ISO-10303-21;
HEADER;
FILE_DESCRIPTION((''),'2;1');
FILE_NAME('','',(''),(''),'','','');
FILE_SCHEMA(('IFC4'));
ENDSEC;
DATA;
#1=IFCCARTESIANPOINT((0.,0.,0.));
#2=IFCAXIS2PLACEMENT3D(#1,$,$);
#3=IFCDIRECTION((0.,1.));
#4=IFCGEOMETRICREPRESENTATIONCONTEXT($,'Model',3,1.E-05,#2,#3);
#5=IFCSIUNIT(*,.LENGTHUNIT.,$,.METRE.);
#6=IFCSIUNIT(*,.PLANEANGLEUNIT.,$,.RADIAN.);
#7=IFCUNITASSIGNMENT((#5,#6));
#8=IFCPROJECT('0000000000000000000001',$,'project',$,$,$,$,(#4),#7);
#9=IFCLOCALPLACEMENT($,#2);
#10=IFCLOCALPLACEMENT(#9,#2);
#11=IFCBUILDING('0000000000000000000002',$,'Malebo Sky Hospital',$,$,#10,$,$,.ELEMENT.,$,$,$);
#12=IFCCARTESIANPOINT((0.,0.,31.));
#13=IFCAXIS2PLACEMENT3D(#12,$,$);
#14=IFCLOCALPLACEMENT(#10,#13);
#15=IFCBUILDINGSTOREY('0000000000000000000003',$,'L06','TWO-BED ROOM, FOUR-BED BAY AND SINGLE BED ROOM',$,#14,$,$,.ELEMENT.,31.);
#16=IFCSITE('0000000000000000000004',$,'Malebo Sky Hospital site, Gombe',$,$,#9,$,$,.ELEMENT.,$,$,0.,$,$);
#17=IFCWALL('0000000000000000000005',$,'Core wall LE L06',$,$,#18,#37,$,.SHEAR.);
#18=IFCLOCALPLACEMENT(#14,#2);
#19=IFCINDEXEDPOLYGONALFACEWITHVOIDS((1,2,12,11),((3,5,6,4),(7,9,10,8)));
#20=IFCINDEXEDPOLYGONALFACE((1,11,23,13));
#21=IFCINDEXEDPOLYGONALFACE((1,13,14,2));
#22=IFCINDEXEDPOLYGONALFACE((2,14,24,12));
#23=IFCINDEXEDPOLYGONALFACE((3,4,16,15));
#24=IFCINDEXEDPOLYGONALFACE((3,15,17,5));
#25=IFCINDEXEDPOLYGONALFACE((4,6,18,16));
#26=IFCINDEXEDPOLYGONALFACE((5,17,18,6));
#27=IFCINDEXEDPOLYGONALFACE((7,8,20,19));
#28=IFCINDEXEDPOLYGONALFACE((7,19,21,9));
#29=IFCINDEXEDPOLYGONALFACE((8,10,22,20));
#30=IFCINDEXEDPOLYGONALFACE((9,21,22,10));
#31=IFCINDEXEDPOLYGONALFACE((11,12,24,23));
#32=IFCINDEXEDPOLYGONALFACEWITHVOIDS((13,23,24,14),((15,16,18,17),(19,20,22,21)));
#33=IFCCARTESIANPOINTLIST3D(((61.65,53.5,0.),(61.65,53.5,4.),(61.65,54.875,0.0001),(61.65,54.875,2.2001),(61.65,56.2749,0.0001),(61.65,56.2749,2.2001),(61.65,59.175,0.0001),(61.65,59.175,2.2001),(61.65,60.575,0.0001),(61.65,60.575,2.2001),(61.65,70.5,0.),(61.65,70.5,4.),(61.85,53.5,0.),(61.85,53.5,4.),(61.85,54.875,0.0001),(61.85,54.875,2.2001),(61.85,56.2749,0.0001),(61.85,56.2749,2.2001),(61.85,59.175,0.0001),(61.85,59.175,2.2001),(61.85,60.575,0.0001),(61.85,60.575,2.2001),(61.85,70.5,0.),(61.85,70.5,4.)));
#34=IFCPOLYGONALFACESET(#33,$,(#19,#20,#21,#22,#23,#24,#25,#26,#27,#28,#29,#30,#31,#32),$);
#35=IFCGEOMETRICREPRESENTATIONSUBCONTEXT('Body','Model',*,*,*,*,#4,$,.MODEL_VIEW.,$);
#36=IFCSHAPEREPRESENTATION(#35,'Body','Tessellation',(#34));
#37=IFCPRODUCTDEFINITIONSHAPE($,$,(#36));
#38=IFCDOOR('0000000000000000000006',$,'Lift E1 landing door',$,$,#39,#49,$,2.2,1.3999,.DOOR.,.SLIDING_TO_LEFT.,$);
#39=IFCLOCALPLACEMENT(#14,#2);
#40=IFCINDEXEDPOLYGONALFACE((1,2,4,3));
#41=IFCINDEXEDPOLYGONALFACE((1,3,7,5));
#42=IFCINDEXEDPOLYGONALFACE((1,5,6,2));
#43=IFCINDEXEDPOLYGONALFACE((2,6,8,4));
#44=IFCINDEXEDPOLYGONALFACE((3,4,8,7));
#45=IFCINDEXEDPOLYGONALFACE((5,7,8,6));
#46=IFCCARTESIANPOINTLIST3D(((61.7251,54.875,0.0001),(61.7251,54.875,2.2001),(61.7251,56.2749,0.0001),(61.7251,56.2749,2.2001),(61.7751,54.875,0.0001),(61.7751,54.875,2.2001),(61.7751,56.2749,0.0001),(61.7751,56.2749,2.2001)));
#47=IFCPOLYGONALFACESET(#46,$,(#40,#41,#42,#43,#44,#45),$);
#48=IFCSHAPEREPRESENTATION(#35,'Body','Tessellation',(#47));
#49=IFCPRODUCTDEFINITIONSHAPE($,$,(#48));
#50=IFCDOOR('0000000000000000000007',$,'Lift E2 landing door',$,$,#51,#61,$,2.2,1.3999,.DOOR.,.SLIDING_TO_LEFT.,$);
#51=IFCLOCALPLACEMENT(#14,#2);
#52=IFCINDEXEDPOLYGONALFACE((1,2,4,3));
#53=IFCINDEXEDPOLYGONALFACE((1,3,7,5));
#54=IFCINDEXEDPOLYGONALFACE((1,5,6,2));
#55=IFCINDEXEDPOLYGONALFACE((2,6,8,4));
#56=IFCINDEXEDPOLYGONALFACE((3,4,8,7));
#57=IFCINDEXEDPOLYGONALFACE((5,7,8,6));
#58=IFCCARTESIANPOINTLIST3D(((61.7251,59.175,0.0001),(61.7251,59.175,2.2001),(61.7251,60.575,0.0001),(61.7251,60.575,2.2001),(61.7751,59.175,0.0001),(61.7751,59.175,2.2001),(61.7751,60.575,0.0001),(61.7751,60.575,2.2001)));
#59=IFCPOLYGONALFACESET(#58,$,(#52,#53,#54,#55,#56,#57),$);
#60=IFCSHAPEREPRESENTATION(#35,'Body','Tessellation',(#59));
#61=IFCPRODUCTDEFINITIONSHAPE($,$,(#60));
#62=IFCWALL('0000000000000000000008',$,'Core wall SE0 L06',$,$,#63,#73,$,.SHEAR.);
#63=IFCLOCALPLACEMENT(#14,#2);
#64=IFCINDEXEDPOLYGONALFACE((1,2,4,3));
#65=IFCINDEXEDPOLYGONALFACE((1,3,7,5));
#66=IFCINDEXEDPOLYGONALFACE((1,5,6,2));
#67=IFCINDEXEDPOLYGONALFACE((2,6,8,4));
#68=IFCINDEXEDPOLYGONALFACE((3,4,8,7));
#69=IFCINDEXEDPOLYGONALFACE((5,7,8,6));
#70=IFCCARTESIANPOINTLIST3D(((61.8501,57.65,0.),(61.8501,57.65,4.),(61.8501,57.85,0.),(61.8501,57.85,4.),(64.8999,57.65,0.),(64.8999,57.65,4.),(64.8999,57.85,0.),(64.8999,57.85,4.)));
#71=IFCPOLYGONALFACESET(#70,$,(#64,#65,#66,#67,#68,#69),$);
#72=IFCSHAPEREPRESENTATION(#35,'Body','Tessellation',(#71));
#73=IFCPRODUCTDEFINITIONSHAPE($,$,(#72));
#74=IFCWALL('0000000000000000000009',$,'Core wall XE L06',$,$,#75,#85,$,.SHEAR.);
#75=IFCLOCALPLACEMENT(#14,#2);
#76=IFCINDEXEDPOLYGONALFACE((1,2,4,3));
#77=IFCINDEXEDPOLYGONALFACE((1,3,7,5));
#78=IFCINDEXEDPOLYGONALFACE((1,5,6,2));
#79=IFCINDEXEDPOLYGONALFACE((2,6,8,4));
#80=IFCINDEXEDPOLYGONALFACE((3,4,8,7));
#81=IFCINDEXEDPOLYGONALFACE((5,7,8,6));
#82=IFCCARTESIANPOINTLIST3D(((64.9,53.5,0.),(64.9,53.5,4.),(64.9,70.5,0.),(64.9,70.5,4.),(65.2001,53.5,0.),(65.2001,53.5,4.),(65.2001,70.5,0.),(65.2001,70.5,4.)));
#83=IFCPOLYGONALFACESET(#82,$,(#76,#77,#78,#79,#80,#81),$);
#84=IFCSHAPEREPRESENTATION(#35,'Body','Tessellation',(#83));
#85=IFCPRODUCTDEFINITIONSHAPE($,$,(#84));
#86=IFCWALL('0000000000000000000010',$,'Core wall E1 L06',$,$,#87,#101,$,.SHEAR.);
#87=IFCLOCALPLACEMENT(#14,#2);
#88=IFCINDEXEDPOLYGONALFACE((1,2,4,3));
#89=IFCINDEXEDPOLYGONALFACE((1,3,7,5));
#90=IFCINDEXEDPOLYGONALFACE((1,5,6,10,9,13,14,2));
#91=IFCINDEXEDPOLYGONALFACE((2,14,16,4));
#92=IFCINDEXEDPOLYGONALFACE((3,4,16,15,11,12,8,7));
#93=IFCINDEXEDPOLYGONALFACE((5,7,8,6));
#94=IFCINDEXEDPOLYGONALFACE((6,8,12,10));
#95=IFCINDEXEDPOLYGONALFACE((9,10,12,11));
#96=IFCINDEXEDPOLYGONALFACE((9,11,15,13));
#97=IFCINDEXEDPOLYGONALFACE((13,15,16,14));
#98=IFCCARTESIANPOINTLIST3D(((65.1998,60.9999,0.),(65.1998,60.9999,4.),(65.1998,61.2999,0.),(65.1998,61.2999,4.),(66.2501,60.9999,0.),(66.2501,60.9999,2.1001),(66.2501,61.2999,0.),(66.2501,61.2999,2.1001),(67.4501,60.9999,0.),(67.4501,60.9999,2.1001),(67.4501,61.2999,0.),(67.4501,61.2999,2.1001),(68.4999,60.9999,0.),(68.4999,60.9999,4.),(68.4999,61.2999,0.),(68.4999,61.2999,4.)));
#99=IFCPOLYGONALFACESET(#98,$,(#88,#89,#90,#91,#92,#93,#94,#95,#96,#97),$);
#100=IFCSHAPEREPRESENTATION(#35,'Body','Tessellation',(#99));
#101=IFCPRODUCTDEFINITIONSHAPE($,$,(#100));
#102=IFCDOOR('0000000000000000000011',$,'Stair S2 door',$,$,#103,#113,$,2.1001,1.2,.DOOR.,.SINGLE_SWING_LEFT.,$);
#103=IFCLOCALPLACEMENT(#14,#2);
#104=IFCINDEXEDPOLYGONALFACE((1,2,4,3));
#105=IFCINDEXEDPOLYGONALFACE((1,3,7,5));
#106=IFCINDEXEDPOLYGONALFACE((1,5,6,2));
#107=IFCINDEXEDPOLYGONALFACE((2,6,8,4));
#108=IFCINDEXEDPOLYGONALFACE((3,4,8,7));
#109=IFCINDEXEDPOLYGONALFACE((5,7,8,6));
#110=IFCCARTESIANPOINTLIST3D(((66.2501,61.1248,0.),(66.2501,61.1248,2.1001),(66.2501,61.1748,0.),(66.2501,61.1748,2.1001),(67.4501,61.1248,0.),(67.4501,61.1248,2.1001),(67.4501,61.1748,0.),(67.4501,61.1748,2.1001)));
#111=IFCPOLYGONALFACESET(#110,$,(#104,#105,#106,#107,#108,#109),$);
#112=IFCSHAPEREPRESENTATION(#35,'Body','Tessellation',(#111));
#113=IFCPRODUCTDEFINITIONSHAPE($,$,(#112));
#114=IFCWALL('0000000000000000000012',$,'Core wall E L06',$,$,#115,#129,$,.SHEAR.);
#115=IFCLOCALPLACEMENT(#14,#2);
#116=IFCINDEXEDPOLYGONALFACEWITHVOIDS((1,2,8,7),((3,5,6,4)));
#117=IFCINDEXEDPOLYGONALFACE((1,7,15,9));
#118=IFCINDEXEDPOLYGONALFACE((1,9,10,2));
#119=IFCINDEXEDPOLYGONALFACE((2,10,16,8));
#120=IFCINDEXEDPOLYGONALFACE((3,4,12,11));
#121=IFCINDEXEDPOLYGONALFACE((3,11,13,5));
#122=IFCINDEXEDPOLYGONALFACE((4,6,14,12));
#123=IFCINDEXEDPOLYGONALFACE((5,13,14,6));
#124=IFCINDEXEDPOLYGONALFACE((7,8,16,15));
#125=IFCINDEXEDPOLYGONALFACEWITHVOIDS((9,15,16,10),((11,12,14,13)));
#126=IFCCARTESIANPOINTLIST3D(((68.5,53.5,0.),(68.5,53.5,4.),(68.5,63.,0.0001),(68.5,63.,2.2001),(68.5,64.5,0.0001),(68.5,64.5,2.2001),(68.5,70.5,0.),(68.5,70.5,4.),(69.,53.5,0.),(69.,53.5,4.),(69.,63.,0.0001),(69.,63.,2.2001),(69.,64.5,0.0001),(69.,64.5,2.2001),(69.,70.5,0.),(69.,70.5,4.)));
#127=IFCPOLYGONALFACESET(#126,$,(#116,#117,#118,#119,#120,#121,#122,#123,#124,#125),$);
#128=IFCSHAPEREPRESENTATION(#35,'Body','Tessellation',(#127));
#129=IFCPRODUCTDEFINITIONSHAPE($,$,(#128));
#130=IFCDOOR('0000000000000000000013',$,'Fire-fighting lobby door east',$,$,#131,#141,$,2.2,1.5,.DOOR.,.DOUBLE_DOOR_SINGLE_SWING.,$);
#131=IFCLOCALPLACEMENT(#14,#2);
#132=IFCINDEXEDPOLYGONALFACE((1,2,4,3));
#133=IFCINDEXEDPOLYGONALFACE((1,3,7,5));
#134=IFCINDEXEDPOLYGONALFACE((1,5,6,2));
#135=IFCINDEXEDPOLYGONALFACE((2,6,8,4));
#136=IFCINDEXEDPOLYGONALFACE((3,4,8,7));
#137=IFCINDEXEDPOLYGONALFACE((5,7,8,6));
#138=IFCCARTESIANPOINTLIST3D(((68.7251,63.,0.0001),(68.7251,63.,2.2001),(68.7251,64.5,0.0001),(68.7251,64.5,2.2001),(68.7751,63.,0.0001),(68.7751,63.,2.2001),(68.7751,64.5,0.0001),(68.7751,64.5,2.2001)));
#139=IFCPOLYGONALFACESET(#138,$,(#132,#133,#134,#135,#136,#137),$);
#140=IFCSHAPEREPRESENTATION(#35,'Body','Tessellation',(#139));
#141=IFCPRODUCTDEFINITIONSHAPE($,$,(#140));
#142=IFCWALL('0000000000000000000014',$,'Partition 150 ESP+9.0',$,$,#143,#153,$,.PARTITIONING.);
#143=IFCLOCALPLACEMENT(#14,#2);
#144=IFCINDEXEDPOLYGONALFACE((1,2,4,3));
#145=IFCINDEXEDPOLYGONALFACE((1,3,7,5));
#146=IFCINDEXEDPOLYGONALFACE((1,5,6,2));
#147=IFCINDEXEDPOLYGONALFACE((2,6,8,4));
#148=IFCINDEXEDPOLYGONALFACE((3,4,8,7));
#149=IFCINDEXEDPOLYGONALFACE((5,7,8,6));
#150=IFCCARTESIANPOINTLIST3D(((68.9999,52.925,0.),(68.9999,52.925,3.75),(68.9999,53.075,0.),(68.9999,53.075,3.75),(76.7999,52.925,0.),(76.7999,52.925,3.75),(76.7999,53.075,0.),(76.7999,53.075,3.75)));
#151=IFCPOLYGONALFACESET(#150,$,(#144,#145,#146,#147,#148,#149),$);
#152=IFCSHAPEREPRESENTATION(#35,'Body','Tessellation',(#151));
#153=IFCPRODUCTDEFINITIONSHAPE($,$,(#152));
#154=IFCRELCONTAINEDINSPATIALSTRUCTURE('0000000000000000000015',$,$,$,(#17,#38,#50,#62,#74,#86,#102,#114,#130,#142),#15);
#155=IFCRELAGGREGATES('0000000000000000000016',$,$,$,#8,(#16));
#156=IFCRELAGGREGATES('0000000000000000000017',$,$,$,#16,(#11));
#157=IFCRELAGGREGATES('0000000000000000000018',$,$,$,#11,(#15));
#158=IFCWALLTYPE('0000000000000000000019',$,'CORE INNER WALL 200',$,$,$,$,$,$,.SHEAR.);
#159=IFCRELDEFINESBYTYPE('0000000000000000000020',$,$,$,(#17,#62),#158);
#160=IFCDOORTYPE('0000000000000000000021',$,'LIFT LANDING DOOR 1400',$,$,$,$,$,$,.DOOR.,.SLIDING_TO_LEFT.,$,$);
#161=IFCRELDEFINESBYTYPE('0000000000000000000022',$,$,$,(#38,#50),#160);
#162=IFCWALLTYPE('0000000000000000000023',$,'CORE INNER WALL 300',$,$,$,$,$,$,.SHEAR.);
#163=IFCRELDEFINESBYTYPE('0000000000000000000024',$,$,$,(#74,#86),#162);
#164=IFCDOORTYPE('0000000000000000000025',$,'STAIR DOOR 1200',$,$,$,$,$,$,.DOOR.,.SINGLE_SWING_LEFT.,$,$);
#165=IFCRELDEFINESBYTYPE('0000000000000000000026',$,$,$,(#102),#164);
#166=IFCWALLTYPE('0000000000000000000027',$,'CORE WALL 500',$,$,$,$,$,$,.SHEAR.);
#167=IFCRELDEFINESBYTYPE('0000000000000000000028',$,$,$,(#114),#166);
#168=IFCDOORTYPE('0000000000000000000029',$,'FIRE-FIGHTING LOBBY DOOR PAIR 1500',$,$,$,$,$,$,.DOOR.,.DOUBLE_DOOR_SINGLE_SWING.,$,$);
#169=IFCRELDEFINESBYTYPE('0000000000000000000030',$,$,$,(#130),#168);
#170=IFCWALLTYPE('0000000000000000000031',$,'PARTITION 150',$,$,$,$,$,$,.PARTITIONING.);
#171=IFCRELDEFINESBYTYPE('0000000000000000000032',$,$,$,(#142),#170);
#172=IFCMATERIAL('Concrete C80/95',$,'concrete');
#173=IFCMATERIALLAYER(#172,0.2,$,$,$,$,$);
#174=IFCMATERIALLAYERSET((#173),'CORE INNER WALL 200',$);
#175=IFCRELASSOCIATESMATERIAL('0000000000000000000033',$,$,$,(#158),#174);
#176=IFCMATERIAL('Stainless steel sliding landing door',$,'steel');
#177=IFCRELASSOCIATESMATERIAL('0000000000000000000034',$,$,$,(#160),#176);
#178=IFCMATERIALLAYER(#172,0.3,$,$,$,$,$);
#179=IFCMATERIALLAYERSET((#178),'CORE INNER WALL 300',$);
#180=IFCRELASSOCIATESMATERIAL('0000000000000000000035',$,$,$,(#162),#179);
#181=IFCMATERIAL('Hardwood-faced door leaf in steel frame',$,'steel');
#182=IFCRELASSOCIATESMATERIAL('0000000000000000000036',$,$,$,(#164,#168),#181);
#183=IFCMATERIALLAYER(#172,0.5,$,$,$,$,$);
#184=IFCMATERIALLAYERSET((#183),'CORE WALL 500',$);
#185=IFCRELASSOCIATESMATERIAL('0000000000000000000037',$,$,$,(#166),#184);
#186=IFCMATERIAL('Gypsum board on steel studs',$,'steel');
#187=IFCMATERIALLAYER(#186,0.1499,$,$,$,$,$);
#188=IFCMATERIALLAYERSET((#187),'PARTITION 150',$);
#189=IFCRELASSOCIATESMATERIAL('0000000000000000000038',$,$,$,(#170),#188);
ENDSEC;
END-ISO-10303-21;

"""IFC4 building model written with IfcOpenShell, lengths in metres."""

from ifc_helpers import new_model, si_unit, direction, frame, frame_2d, origin, place, context, subcontext, project, spatial, rectangle, extrude, material, layer, layer_set, type_object, element, fill, save


model = new_model("IFC4")

# Units and contexts
model_context = context("Model", 3, precision=1e-05, world=origin(), true_north=direction((0.0, 1.0)))
body_context = subcontext(model_context, "Body", "Model", "MODEL_VIEW")
ifc_project = project(units=[si_unit("LENGTHUNIT", "METRE"), si_unit("PLANEANGLEUNIT", "RADIAN")], contexts=[model_context])

# Site, building, storey
site_placement = place(None, origin())
site = spatial("IfcSite", under=ifc_project, at=site_placement, Name="Malebo Sky Hospital site, Gombe", CompositionType="ELEMENT", RefElevation=0.0)
building_placement = place(site_placement, origin())
building = spatial("IfcBuilding", under=site, at=building_placement, Name="Malebo Sky Hospital", CompositionType="ELEMENT")
storey_placement = place(building_placement, frame((0.0, 0.0, 31.0)))
storey = spatial("IfcBuildingStorey", under=building, at=storey_placement, Name="L06", Description="TWO-BED ROOM, FOUR-BED BAY AND SINGLE BED ROOM", CompositionType="ELEMENT", Elevation=31.0)

# Wall, openings, doors
ifc_material_1 = material(Name="Concrete C80/95", Category="concrete")
ifc_layer_1 = layer(ifc_material_1, 0.2)
ifc_layer_set_1 = layer_set([ifc_layer_1], Name="CORE INNER WALL 200")
wall_type_1 = type_object("IfcWallType", Name="CORE INNER WALL 200", PredefinedType="SHEAR", material=ifc_layer_set_1)
ifc_material_2 = material(Name="Stainless steel sliding landing door", Category="steel")
door_type_1 = type_object("IfcDoorType", Name="LIFT LANDING DOOR 1400", OperationType="SLIDING_TO_LEFT", PredefinedType="DOOR", material=ifc_material_2)
wall_1_placement = place(storey_placement, frame((61.75, 53.5, 0.0), z_axis=(0.0, 0.0, 1.0), x_axis=(0.0, 1.0, 0.0)))
wall_1 = element("IfcWall", 1, at=wall_1_placement, inside=storey, type_object=wall_type_1, Name="Core wall LE L06", PredefinedType="SHEAR", context=body_context, shape_type="SweptSolid", body=[
    extrude(rectangle(XDim=17.0, YDim=0.2, at=frame_2d((8.5, 0.0))), origin(), (0.0, 0.0, 1.0), 4.0),
])
opening_1_placement = place(wall_1_placement, frame((1.375, 0.0, 0.0)))
opening_1 = element("IfcOpeningElement", 2, at=opening_1_placement, cuts=wall_1, PredefinedType="OPENING", context=body_context, shape_type="SweptSolid", body=[
    extrude(rectangle(XDim=1.3999, YDim=2.2, at=frame_2d((0.7, 1.1001))), frame((0.0, 0.1099, 0.0), z_axis=(0.0, -1.0, 0.0), x_axis=(1.0, 0.0, 0.0)), (0.0, 0.0, 1.0), 0.22),
])
opening_2_placement = place(wall_1_placement, frame((5.675, 0.0, 0.0)))
opening_2 = element("IfcOpeningElement", 3, at=opening_2_placement, cuts=wall_1, PredefinedType="OPENING", context=body_context, shape_type="SweptSolid", body=[
    extrude(rectangle(XDim=1.3999, YDim=2.2, at=frame_2d((0.7, 1.1001))), frame((0.0, 0.1099, 0.0), z_axis=(0.0, -1.0, 0.0), x_axis=(1.0, 0.0, 0.0)), (0.0, 0.0, 1.0), 0.22),
])
door_1_placement = place(opening_1_placement, origin())
door_1 = element("IfcDoor", 4, at=door_1_placement, inside=storey, type_object=door_type_1, Name="Lift E1 landing door", OperationType="SLIDING_TO_LEFT", OverallHeight=2.2, OverallWidth=1.3999, PredefinedType="DOOR", context=body_context, shape_type="SweptSolid", body=[
    extrude(rectangle(XDim=1.3999, YDim=2.2, at=frame_2d((0.7, 1.1001))), frame((0.0, 0.0249, 0.0), z_axis=(0.0, -1.0, 0.0), x_axis=(1.0, 0.0, 0.0)), (0.0, 0.0, 1.0), 0.05),
])
fill(opening_1, door_1)
door_2_placement = place(opening_2_placement, origin())
door_2 = element("IfcDoor", 5, at=door_2_placement, inside=storey, type_object=door_type_1, Name="Lift E2 landing door", OperationType="SLIDING_TO_LEFT", OverallHeight=2.2, OverallWidth=1.3999, PredefinedType="DOOR", context=body_context, shape_type="SweptSolid", body=[
    extrude(rectangle(XDim=1.3999, YDim=2.2, at=frame_2d((0.7, 1.1001))), frame((0.0, 0.0249, 0.0), z_axis=(0.0, -1.0, 0.0), x_axis=(1.0, 0.0, 0.0)), (0.0, 0.0, 1.0), 0.05),
])
fill(opening_2, door_2)

# Walls
wall_2_placement = place(storey_placement, frame((61.8501, 57.75, 0.0), z_axis=(0.0, 0.0, 1.0), x_axis=(1.0, 0.0, 0.0)))
element("IfcWall", 6, at=wall_2_placement, inside=storey, type_object=wall_type_1, Name="Core wall SE0 L06", PredefinedType="SHEAR", context=body_context, shape_type="SweptSolid", body=[
    extrude(rectangle(XDim=3.0498, YDim=0.2, at=frame_2d((1.5249, 0.0))), origin(), (0.0, 0.0, 1.0), 4.0),
])
ifc_layer_2 = layer(ifc_material_1, 0.3)
ifc_layer_set_2 = layer_set([ifc_layer_2], Name="CORE INNER WALL 300")
wall_type_2 = type_object("IfcWallType", Name="CORE INNER WALL 300", PredefinedType="SHEAR", material=ifc_layer_set_2)
wall_3_placement = place(storey_placement, frame((65.05, 53.5, 0.0), z_axis=(0.0, 0.0, 1.0), x_axis=(0.0, 1.0, 0.0)))
element("IfcWall", 7, at=wall_3_placement, inside=storey, type_object=wall_type_2, Name="Core wall XE L06", PredefinedType="SHEAR", context=body_context, shape_type="SweptSolid", body=[
    extrude(rectangle(XDim=17.0, YDim=0.3, at=frame_2d((8.5, 0.0))), origin(), (0.0, 0.0, 1.0), 4.0),
])

# Walls, openings, doors
wall_4_placement = place(storey_placement, frame((65.2, 61.1499, 0.0), z_axis=(0.0, 0.0, 1.0), x_axis=(1.0, 0.0, 0.0)))
wall_4 = element("IfcWall", 8, at=wall_4_placement, inside=storey, type_object=wall_type_2, Name="Core wall E1 L06", PredefinedType="SHEAR", context=body_context, shape_type="SweptSolid", body=[
    extrude(rectangle(XDim=3.3, YDim=0.3, at=frame_2d((1.6499, 0.0))), origin(), (0.0, 0.0, 1.0), 4.0),
])
opening_3_placement = place(wall_4_placement, frame((1.05, 0.0, 0.0)))
opening_3 = element("IfcOpeningElement", 9, at=opening_3_placement, cuts=wall_4, PredefinedType="OPENING", context=body_context, shape_type="SweptSolid", body=[
    extrude(rectangle(XDim=1.2, YDim=2.1001, at=frame_2d((0.6001, 1.05))), frame((0.0, 0.1599, 0.0), z_axis=(0.0, -1.0, 0.0), x_axis=(1.0, 0.0, 0.0)), (0.0, 0.0, 1.0), 0.3201),
])
ifc_material_3 = material(Name="Hardwood-faced door leaf in steel frame", Category="steel")
door_type_2 = type_object("IfcDoorType", Name="STAIR DOOR 1200", OperationType="SINGLE_SWING_LEFT", PredefinedType="DOOR", material=ifc_material_3)
door_3_placement = place(opening_3_placement, origin())
door_3 = element("IfcDoor", 10, at=door_3_placement, inside=storey, type_object=door_type_2, Name="Stair S2 door", OperationType="SINGLE_SWING_LEFT", OverallHeight=2.1001, OverallWidth=1.2, PredefinedType="DOOR", context=body_context, shape_type="SweptSolid", body=[
    extrude(rectangle(XDim=1.2, YDim=2.1001, at=frame_2d((0.6001, 1.05))), frame((0.0, 0.0249, 0.0), z_axis=(0.0, -1.0, 0.0), x_axis=(1.0, 0.0, 0.0)), (0.0, 0.0, 1.0), 0.05),
])
fill(opening_3, door_3)
ifc_layer_3 = layer(ifc_material_1, 0.5)
ifc_layer_set_3 = layer_set([ifc_layer_3], Name="CORE WALL 500")
wall_type_3 = type_object("IfcWallType", Name="CORE WALL 500", PredefinedType="SHEAR", material=ifc_layer_set_3)
wall_5_placement = place(storey_placement, frame((68.75, 53.5, 0.0), z_axis=(0.0, 0.0, 1.0), x_axis=(0.0, 1.0, 0.0)))
wall_5 = element("IfcWall", 11, at=wall_5_placement, inside=storey, type_object=wall_type_3, Name="Core wall E L06", PredefinedType="SHEAR", context=body_context, shape_type="SweptSolid", body=[
    extrude(rectangle(XDim=17.0, YDim=0.5, at=frame_2d((8.5, 0.0))), origin(), (0.0, 0.0, 1.0), 4.0),
])
opening_4_placement = place(wall_5_placement, frame((9.5, 0.0, 0.0)))
opening_4 = element("IfcOpeningElement", 12, at=opening_4_placement, cuts=wall_5, PredefinedType="OPENING", context=body_context, shape_type="SweptSolid", body=[
    extrude(rectangle(XDim=1.5, YDim=2.2, at=frame_2d((0.75, 1.1001))), frame((0.0, 0.26, 0.0), z_axis=(0.0, -1.0, 0.0), x_axis=(1.0, 0.0, 0.0)), (0.0, 0.0, 1.0), 0.52),
])
door_type_3 = type_object("IfcDoorType", Name="FIRE-FIGHTING LOBBY DOOR PAIR 1500", OperationType="DOUBLE_DOOR_SINGLE_SWING", PredefinedType="DOOR", material=ifc_material_3)
door_4_placement = place(opening_4_placement, origin())
door_4 = element("IfcDoor", 13, at=door_4_placement, inside=storey, type_object=door_type_3, Name="Fire-fighting lobby door east", OperationType="DOUBLE_DOOR_SINGLE_SWING", OverallHeight=2.2, OverallWidth=1.5, PredefinedType="DOOR", context=body_context, shape_type="SweptSolid", body=[
    extrude(rectangle(XDim=1.5, YDim=2.2, at=frame_2d((0.75, 1.1001))), frame((0.0, 0.0249, 0.0), z_axis=(0.0, -1.0, 0.0), x_axis=(1.0, 0.0, 0.0)), (0.0, 0.0, 1.0), 0.05),
])
fill(opening_4, door_4)

# Wall
ifc_material_4 = material(Name="Gypsum board on steel studs", Category="steel")
ifc_layer_4 = layer(ifc_material_4, 0.1499)
ifc_layer_set_4 = layer_set([ifc_layer_4], Name="PARTITION 150")
wall_type_4 = type_object("IfcWallType", Name="PARTITION 150", PredefinedType="PARTITIONING", material=ifc_layer_set_4)
wall_6_placement = place(storey_placement, frame((69.0, 53.0, 0.0), z_axis=(0.0, 0.0, 1.0), x_axis=(1.0, 0.0, 0.0)))
element("IfcWall", 14, at=wall_6_placement, inside=storey, type_object=wall_type_4, Name="Partition 150 ESP+9.0", PredefinedType="PARTITIONING", context=body_context, shape_type="SweptSolid", body=[
    extrude(rectangle(XDim=7.8, YDim=0.1499, at=frame_2d((3.8999, 0.0))), origin(), (0.0, 0.0, 1.0), 3.75),
])

save(model, "model.ifc")
